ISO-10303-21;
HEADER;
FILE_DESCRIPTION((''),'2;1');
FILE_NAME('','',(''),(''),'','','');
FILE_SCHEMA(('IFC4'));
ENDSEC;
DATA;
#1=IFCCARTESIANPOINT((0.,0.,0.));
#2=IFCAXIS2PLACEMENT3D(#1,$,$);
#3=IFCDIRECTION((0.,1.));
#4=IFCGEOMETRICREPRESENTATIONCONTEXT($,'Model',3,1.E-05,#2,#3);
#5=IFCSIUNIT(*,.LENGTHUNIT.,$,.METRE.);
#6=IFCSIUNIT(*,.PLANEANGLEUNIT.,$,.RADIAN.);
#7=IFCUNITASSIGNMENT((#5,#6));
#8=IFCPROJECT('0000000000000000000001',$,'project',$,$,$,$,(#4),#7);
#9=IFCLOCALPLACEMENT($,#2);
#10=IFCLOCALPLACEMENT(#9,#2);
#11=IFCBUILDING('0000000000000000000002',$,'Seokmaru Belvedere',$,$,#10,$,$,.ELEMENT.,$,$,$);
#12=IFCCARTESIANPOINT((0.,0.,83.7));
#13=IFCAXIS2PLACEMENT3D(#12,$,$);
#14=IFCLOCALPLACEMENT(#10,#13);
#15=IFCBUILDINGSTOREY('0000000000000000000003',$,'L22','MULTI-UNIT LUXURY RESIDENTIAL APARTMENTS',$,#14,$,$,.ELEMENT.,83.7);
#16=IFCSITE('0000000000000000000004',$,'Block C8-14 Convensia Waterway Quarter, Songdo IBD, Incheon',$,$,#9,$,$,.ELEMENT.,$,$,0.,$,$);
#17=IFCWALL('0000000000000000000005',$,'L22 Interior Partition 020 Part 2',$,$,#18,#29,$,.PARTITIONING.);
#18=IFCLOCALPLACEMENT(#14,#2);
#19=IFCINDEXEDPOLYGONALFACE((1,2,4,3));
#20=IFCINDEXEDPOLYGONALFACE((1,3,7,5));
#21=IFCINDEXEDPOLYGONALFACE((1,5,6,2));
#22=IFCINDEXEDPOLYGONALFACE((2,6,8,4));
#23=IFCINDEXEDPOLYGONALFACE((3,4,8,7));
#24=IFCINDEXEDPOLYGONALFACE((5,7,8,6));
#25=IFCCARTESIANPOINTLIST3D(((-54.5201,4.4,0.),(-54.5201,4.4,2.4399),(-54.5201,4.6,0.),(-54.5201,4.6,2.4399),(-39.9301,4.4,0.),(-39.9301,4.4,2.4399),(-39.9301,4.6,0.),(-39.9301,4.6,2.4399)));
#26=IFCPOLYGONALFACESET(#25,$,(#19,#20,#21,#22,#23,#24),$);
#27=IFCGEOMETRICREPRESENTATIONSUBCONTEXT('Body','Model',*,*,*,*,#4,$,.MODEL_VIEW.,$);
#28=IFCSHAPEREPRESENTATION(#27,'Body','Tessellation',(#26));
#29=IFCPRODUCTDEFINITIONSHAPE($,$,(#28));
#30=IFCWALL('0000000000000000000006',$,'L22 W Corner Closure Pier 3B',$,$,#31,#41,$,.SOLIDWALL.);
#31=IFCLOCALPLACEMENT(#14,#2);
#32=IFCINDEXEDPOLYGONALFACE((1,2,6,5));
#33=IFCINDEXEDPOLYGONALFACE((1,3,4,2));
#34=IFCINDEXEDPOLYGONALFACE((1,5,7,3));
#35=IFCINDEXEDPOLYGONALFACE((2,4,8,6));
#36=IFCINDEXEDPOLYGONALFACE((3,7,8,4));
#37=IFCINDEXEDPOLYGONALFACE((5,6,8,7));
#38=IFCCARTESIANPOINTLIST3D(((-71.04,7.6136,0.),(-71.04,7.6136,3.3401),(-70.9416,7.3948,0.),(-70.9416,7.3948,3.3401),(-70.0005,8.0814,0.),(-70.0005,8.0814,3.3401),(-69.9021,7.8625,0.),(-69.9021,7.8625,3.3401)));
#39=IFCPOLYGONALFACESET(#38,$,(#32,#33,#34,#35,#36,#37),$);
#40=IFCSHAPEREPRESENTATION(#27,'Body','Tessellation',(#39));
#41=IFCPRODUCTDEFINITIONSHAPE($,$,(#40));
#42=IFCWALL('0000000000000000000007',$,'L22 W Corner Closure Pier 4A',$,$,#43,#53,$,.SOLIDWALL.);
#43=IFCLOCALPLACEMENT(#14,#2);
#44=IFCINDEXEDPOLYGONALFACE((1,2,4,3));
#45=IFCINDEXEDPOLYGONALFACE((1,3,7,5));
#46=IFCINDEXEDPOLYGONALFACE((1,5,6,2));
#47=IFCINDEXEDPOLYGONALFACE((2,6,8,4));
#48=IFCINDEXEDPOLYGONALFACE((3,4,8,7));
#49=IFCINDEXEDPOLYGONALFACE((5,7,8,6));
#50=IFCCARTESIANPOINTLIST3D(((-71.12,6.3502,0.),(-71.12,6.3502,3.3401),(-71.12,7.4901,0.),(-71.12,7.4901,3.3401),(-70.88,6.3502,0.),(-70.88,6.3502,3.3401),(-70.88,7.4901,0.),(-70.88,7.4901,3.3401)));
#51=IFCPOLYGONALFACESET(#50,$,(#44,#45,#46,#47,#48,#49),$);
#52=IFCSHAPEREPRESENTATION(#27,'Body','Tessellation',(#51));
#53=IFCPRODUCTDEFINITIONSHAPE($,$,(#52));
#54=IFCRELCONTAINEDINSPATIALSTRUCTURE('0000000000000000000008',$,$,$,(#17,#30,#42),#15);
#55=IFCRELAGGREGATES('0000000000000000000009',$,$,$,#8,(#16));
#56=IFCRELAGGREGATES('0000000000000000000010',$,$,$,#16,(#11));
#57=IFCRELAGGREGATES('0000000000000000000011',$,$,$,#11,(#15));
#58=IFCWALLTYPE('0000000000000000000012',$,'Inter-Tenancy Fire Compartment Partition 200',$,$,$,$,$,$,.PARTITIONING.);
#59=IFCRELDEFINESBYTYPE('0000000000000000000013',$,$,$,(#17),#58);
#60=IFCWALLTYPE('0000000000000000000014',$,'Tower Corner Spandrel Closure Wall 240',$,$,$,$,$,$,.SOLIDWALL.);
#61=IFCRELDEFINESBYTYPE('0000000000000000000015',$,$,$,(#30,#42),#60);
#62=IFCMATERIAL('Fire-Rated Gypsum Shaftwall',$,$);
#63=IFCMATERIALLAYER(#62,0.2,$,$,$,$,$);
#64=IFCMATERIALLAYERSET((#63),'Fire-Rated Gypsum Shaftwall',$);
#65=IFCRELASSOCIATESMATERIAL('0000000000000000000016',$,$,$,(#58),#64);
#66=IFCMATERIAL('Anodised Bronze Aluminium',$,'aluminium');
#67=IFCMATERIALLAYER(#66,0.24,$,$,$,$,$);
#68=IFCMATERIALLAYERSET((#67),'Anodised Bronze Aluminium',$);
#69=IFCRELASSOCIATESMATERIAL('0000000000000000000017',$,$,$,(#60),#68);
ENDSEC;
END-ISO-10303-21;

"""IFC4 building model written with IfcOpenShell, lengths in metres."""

from ifc_helpers import new_model, si_unit, direction, frame, frame_2d, origin, place, context, subcontext, project, spatial, rectangle, extrude, material, layer, layer_set, type_object, element, save


model = new_model("IFC4")

# Units and contexts
model_context = context("Model", 3, precision=1e-05, world=origin(), true_north=direction((0.0, 1.0)))
body_context = subcontext(model_context, "Body", "Model", "MODEL_VIEW")
ifc_project = project(units=[si_unit("LENGTHUNIT", "METRE"), si_unit("PLANEANGLEUNIT", "RADIAN")], contexts=[model_context])

# Site, building, storey
site_placement = place(None, origin())
site = spatial("IfcSite", under=ifc_project, at=site_placement, Name="Block C8-14 Convensia Waterway Quarter, Songdo IBD, Incheon", CompositionType="ELEMENT", RefElevation=0.0)
building_placement = place(site_placement, origin())
building = spatial("IfcBuilding", under=site, at=building_placement, Name="Seokmaru Belvedere", CompositionType="ELEMENT")
storey_placement = place(building_placement, frame((0.0, 0.0, 83.7)))
storey = spatial("IfcBuildingStorey", under=building, at=storey_placement, Name="L22", Description="MULTI-UNIT LUXURY RESIDENTIAL APARTMENTS", CompositionType="ELEMENT", Elevation=83.7)

# Shared definitions
ifc_material_1 = material(Name="Anodised Bronze Aluminium", Category="aluminium")

# Shared definitions
ifc_material_2 = material(Name="Fire-Rated Gypsum Shaftwall")

# Walls
ifc_layer_1 = layer(ifc_material_2, 0.2)
ifc_layer_set_1 = layer_set([ifc_layer_1], Name="Fire-Rated Gypsum Shaftwall")
wall_type_1 = type_object("IfcWallType", Name="Inter-Tenancy Fire Compartment Partition 200", PredefinedType="PARTITIONING", material=ifc_layer_set_1)
wall_1_placement = place(storey_placement, frame((-54.52, 4.5, 0.0), z_axis=(0.0, 0.0, 1.0), x_axis=(1.0, 0.0, 0.0)))
element("IfcWall", 1, at=wall_1_placement, inside=storey, type_object=wall_type_1, Name="L22 Interior Partition 020 Part 2", PredefinedType="PARTITIONING", context=body_context, shape_type="SweptSolid", body=[
    extrude(rectangle(XDim=14.5901, YDim=0.2, at=frame_2d((7.2949, 0.0))), origin(), (0.0, 0.0, 1.0), 2.4399),
])
ifc_layer_2 = layer(ifc_material_1, 0.24)
ifc_layer_set_2 = layer_set([ifc_layer_2], Name="Anodised Bronze Aluminium")
wall_type_2 = type_object("IfcWallType", Name="Tower Corner Spandrel Closure Wall 240", PredefinedType="SOLIDWALL", material=ifc_layer_set_2)
for number, where, z_axis, x_axis, name in (
    (2, (-69.9514, 7.9719, 0.0), (0.0, 0.0, 1.0), (-0.91193, -0.410347, 0.0), "L22 W Corner Closure Pier 3B"),
    (3, (-71.0, 7.49, 0.0), (0.0, 0.0, 1.0), (0.0, -1.0, 0.0), "L22 W Corner Closure Pier 4A"),
):
    element("IfcWall", number, at=place(storey_placement, frame(where, z_axis=z_axis, x_axis=x_axis)), inside=storey, type_object=wall_type_2, Name=name, PredefinedType="SOLIDWALL", context=body_context, shape_type="SweptSolid", body=[
        extrude(rectangle(XDim=1.1399, YDim=0.24, at=frame_2d((0.5698, 0.0))), origin(), (0.0, 0.0, 1.0), 3.3401),
    ])

save(model, "model.ifc")
